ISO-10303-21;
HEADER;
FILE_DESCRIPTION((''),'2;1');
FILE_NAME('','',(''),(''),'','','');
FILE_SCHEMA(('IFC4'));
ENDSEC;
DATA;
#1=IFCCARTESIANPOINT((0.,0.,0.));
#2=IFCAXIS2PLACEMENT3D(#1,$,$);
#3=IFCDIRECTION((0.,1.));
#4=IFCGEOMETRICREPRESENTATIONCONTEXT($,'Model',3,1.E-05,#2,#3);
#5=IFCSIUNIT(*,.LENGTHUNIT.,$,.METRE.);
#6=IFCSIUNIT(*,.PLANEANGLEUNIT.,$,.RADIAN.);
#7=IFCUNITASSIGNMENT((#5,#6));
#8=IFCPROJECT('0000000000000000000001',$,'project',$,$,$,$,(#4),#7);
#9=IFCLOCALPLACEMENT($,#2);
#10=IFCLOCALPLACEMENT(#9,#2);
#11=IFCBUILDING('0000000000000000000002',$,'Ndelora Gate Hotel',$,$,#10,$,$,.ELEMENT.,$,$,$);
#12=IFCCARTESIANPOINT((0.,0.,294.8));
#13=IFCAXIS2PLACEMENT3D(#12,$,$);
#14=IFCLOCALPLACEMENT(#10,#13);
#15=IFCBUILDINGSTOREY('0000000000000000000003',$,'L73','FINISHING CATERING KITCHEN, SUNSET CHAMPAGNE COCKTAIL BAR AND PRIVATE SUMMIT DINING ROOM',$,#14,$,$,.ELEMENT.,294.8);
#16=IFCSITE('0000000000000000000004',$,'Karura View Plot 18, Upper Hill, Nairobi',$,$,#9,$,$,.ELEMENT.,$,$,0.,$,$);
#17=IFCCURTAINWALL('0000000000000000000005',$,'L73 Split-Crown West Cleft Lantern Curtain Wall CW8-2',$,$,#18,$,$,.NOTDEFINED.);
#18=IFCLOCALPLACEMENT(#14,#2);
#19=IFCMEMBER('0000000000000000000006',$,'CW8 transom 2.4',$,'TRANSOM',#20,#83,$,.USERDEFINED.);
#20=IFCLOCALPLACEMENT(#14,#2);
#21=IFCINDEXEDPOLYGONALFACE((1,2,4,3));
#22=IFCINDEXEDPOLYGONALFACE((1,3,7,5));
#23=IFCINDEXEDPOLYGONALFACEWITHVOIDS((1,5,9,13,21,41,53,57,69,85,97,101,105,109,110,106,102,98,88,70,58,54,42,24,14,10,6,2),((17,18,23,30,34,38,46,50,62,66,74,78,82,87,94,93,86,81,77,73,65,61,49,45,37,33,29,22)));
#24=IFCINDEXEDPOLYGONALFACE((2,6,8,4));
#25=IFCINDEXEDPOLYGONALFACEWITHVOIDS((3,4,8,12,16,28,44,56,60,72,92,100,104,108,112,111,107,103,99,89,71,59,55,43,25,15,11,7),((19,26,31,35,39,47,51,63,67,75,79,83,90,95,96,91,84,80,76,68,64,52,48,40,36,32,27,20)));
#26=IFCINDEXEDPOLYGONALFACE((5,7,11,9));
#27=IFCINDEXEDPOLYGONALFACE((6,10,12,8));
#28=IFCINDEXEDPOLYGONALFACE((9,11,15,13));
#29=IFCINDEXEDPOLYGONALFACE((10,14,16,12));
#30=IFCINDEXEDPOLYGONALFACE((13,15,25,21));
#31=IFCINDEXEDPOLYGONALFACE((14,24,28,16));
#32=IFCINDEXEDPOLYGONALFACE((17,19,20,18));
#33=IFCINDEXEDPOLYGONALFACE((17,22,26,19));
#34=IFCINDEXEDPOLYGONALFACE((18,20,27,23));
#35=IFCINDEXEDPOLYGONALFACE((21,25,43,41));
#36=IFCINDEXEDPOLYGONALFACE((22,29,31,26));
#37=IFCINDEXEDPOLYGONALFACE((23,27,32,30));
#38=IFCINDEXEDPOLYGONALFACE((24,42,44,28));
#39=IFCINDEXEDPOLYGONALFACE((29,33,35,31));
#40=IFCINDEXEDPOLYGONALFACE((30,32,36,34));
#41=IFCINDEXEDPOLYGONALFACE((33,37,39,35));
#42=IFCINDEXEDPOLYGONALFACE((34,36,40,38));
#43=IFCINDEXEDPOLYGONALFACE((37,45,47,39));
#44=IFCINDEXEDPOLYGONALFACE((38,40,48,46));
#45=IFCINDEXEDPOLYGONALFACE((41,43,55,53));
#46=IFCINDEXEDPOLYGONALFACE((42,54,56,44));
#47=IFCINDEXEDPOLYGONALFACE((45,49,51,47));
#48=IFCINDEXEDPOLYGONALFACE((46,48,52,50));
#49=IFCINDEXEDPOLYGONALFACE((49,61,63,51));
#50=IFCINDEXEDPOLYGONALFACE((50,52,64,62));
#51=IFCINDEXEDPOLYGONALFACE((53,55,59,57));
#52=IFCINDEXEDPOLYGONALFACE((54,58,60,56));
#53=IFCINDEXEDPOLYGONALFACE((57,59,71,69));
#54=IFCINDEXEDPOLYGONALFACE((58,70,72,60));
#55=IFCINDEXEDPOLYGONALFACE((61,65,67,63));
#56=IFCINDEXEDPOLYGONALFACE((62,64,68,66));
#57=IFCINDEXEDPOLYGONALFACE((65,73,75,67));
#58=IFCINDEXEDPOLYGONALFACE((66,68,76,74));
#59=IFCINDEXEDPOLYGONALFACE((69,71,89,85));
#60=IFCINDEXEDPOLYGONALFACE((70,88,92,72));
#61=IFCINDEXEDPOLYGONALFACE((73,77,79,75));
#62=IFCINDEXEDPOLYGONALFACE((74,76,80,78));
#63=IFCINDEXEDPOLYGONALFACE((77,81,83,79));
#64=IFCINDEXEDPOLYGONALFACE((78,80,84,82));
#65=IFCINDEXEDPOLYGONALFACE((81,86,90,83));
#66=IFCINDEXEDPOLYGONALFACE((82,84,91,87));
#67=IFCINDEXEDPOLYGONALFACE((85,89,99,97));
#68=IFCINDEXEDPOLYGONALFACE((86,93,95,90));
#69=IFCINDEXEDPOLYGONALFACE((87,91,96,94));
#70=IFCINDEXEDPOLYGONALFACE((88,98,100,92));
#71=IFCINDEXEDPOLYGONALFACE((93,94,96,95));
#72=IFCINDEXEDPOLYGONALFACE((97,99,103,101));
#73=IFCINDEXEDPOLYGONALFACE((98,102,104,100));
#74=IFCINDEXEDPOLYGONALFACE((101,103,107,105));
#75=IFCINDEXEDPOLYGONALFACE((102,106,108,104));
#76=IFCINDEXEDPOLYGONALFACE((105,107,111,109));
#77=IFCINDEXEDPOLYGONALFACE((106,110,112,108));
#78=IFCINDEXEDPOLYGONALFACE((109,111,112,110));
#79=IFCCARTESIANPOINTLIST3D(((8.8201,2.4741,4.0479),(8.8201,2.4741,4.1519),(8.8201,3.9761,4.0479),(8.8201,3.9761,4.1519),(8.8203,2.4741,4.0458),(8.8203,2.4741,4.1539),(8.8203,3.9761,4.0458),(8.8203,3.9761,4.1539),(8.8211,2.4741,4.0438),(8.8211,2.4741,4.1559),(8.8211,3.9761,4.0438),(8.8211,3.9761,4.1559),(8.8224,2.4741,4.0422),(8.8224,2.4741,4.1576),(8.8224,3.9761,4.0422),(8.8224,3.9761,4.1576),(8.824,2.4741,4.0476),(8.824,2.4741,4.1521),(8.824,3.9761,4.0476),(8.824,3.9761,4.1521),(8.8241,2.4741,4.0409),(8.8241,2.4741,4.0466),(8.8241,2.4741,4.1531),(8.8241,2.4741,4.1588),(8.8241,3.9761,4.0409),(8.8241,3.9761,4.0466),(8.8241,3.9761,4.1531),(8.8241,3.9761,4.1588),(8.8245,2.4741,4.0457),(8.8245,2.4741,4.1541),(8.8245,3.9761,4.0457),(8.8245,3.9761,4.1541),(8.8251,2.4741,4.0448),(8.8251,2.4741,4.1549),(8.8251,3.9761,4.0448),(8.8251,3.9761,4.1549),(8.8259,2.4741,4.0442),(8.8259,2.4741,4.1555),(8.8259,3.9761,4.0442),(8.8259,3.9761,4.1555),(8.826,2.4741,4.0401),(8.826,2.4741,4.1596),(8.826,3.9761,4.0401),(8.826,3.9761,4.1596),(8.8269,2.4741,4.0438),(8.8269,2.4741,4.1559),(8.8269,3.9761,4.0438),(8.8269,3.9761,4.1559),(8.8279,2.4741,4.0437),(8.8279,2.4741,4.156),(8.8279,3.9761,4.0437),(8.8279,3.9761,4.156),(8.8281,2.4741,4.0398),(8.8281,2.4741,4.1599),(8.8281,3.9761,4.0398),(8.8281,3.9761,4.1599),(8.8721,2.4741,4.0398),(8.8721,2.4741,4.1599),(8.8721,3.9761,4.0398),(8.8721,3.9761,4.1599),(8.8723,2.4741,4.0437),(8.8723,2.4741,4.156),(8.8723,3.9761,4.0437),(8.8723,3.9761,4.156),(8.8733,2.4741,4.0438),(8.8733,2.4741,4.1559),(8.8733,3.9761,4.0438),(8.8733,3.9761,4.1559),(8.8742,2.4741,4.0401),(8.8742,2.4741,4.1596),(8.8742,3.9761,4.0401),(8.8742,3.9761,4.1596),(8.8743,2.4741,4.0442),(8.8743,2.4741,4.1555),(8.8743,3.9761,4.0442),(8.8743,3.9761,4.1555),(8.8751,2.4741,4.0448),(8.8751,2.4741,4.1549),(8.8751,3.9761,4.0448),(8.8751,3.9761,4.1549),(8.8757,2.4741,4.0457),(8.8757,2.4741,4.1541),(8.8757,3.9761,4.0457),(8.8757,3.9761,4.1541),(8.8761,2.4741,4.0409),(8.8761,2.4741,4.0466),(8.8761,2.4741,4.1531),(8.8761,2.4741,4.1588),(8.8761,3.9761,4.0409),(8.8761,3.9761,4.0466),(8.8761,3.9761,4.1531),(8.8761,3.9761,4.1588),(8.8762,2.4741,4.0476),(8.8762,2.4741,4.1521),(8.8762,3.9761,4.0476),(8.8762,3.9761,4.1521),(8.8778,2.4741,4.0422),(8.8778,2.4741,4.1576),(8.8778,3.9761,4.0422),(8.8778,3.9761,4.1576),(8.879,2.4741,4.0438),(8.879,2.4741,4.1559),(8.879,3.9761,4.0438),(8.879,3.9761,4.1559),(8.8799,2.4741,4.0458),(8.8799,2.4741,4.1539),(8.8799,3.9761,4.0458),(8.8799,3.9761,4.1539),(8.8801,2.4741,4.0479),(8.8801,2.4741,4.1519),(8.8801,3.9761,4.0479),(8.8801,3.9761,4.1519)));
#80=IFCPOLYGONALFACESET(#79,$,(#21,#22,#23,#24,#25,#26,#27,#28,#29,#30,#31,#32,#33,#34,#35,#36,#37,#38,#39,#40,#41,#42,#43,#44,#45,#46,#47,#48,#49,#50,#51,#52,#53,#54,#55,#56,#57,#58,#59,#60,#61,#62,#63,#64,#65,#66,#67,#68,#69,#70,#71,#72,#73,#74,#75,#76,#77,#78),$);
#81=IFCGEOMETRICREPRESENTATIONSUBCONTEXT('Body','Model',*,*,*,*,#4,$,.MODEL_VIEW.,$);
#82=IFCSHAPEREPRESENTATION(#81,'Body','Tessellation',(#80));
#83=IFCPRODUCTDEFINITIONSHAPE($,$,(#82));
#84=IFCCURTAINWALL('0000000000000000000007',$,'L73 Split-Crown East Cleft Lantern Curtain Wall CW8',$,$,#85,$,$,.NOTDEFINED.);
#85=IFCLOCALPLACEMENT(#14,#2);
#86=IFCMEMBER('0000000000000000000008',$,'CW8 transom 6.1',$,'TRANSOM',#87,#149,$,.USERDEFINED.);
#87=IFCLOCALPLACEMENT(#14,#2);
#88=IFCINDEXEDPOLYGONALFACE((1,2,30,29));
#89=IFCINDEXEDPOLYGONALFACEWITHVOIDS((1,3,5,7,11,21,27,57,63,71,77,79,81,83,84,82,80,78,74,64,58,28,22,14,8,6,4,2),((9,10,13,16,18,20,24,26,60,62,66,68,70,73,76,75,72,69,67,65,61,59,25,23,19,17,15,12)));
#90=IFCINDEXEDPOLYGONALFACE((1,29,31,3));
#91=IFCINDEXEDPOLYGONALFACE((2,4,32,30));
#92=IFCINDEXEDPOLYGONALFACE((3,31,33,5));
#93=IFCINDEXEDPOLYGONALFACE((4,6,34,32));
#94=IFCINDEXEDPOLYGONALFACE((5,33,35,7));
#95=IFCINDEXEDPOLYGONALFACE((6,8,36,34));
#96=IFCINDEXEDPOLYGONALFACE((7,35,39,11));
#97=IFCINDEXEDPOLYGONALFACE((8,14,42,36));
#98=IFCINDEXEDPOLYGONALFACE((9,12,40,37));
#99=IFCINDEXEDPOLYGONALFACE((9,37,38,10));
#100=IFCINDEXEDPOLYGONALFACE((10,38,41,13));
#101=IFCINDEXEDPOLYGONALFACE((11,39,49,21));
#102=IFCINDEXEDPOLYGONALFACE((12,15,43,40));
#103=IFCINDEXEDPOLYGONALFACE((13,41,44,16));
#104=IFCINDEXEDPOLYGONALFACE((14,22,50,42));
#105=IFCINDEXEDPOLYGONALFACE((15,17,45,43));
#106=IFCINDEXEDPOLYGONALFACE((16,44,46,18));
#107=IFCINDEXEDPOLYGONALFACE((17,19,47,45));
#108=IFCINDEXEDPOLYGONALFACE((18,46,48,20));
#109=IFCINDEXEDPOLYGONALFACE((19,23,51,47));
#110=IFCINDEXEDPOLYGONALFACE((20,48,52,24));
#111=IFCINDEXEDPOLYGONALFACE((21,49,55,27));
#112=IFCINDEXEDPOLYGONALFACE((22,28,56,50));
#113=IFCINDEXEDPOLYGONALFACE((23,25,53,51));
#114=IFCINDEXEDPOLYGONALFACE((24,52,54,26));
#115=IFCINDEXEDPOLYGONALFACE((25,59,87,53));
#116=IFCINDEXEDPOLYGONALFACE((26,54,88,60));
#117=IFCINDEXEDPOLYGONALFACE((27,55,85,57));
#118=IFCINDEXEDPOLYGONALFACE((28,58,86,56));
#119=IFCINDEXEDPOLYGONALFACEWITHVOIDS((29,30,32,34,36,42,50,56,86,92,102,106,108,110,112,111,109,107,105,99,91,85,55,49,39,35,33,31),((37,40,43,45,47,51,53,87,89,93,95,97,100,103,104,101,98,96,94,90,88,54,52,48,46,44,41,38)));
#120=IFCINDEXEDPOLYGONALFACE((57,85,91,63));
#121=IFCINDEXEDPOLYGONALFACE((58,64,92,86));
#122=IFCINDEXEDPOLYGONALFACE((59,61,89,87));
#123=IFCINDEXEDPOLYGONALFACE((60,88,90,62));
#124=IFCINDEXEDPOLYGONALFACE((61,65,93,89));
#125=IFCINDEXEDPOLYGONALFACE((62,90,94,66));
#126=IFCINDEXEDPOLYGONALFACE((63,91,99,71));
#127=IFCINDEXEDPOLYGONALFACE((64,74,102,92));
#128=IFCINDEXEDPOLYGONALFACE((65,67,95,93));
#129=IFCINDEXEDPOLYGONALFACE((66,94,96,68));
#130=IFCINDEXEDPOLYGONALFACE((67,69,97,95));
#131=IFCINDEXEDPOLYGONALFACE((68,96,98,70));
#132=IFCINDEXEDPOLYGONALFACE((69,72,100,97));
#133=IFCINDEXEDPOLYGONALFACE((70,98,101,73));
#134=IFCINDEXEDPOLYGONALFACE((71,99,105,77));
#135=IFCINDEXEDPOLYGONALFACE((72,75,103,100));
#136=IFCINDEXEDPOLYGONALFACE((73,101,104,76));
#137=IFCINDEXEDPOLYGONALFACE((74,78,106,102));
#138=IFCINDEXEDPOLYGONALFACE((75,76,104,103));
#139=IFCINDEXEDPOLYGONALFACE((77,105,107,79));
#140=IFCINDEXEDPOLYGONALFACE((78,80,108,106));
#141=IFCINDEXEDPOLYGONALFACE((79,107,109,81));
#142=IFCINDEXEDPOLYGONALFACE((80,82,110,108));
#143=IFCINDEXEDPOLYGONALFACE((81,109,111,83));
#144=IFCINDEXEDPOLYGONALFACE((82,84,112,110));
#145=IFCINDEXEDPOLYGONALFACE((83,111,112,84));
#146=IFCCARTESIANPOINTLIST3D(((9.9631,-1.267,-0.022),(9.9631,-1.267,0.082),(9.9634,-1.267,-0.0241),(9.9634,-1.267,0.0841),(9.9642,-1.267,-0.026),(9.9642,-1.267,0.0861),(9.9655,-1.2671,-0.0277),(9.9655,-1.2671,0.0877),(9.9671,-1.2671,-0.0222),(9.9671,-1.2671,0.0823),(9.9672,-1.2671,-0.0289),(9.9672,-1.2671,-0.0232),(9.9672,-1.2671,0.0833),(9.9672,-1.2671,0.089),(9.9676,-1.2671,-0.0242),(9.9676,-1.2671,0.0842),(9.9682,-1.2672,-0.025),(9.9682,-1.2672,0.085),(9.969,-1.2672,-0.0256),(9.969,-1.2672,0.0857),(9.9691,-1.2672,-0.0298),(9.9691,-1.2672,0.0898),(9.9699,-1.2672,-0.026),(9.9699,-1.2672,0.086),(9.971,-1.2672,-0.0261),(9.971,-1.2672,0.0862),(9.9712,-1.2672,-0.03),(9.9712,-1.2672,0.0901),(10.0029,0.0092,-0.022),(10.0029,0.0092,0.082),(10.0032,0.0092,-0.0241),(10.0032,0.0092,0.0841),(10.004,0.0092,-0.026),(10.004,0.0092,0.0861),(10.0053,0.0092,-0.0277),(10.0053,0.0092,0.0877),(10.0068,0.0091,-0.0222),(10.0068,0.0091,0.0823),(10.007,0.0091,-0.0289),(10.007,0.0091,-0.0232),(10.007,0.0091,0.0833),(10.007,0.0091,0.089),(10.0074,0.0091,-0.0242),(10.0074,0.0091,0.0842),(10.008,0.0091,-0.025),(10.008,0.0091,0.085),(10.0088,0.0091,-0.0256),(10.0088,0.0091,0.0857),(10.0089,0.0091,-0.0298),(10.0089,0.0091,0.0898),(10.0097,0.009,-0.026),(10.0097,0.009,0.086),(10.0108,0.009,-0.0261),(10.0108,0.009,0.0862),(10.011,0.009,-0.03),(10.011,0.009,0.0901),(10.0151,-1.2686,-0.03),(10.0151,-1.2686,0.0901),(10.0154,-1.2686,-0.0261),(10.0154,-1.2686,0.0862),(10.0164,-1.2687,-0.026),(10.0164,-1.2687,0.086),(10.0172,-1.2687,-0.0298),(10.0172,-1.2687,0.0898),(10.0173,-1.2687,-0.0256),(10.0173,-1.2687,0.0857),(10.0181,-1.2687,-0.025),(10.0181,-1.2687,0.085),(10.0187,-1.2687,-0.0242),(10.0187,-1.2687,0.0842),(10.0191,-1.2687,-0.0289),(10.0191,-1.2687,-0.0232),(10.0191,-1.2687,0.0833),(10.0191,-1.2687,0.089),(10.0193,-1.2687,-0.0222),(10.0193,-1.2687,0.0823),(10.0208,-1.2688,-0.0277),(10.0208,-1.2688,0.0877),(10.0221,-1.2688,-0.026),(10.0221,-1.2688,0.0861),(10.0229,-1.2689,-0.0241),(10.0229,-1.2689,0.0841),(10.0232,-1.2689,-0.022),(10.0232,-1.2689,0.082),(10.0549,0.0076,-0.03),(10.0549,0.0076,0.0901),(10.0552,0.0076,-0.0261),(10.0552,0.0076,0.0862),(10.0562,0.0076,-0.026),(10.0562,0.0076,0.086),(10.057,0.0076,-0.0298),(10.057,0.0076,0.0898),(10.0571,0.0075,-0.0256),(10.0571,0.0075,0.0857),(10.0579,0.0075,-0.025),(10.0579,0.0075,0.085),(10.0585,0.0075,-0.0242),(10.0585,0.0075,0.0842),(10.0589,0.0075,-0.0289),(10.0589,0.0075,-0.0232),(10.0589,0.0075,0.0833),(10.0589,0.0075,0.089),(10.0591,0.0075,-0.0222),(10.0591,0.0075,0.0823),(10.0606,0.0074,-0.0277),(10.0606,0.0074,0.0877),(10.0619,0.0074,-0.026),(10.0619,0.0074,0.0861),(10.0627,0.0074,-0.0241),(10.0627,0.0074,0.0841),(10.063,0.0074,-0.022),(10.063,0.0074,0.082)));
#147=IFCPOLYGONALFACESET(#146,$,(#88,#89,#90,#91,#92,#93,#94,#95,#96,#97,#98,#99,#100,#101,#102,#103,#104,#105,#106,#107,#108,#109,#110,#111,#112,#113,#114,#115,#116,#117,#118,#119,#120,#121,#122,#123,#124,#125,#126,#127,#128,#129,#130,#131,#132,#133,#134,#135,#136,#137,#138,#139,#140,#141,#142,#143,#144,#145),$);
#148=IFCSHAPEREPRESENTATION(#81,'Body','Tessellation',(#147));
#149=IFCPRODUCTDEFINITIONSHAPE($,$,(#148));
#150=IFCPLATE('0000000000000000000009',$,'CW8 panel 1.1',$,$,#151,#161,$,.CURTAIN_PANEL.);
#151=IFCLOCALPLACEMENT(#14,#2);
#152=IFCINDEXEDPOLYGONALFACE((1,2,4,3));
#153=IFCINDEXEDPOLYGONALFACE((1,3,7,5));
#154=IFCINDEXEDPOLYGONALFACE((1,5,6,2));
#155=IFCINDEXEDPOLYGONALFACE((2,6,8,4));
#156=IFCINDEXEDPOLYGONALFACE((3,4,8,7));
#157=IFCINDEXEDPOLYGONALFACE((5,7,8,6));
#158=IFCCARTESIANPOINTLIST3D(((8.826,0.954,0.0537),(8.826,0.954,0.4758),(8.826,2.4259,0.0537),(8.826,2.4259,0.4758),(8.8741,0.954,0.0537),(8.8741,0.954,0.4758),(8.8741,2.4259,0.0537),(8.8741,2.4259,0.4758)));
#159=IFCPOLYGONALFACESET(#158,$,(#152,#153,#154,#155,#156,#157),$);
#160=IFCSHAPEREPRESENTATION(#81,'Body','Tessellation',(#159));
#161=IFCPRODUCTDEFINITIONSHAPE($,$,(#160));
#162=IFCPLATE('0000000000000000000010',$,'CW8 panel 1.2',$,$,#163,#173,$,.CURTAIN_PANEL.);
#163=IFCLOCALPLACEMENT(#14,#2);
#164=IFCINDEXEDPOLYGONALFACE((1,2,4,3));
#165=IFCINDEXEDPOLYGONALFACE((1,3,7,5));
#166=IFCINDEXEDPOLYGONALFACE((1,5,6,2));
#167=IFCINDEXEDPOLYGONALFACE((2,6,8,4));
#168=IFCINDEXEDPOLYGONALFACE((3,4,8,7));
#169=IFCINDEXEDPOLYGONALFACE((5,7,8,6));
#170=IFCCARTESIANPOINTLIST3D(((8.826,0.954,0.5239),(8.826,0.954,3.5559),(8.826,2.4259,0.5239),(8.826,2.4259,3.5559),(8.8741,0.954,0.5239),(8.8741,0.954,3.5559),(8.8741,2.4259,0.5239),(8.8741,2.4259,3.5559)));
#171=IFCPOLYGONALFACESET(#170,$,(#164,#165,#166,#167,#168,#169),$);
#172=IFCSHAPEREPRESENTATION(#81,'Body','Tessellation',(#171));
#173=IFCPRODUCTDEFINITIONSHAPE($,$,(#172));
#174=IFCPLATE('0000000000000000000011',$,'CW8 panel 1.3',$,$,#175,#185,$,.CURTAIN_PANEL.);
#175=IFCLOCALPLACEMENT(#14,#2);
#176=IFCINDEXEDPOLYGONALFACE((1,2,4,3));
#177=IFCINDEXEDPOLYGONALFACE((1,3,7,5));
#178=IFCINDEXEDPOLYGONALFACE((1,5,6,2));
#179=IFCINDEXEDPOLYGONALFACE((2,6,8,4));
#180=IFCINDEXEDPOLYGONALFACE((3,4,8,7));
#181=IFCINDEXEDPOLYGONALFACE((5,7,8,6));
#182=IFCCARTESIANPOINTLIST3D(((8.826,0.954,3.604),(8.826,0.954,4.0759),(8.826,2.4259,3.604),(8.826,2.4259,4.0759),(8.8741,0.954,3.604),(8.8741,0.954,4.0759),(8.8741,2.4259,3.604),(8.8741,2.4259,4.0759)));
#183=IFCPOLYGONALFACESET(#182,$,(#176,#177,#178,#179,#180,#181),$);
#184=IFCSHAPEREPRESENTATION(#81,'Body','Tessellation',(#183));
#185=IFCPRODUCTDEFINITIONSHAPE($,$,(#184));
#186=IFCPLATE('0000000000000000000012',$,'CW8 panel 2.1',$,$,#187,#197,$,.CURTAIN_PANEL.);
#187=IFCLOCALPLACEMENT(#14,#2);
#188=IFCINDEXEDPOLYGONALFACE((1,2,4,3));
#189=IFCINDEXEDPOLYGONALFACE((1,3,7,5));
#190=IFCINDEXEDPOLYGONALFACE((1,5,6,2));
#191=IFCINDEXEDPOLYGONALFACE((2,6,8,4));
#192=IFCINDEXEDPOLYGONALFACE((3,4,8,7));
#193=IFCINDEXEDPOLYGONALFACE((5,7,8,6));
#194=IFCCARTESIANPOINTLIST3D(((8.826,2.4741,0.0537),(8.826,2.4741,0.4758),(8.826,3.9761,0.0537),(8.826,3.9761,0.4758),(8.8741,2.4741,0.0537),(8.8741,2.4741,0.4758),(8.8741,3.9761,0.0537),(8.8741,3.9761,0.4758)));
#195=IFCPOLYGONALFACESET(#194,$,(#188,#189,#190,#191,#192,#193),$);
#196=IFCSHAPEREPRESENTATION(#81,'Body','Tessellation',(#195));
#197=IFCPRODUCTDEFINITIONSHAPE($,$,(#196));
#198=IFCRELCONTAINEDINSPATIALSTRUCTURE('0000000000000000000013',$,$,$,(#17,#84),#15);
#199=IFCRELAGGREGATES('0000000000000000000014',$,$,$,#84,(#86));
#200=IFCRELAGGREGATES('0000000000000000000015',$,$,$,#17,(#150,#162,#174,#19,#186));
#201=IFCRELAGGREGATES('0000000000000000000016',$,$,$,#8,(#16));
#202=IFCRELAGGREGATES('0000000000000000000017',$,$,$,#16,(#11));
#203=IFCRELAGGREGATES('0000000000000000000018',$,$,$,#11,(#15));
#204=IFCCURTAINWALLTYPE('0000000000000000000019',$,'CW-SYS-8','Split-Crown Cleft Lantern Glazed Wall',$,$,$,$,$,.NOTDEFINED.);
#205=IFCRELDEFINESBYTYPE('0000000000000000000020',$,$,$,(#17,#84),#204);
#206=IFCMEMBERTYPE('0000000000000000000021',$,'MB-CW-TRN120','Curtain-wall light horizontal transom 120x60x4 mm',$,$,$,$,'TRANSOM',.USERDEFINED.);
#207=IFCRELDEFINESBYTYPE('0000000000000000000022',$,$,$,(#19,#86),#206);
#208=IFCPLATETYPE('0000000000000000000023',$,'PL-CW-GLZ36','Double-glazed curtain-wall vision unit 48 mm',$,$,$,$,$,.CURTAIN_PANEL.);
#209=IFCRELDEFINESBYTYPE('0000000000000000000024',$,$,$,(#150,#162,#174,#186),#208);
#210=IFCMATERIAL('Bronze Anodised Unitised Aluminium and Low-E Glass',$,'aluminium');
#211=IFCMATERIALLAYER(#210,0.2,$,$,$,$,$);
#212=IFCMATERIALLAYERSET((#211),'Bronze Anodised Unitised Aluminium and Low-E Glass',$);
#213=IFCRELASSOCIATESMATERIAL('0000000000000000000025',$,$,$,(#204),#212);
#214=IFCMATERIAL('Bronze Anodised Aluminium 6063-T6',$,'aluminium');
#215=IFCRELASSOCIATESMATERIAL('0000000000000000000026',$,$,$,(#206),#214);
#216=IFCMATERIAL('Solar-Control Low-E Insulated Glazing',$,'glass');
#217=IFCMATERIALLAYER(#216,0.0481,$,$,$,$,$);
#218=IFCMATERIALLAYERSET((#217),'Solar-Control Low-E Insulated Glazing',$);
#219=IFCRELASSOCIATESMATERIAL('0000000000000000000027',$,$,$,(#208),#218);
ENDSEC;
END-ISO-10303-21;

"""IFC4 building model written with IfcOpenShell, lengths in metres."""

from ifc_helpers import new_model, si_unit, direction, frame, origin, origin_2d, place, context, subcontext, project, spatial, rectangle, hollow_rectangle, extrude, material, layer, layer_set, material_profile, profile_set, type_object, element, aggregate, save


model = new_model("IFC4")

# Units and contexts
model_context = context("Model", 3, precision=1e-05, world=origin(), true_north=direction((0.0, 1.0)))
body_context = subcontext(model_context, "Body", "Model", "MODEL_VIEW")
ifc_project = project(units=[si_unit("LENGTHUNIT", "METRE"), si_unit("PLANEANGLEUNIT", "RADIAN")], contexts=[model_context])

# Site, building, storey
site_placement = place(None, origin())
site = spatial("IfcSite", under=ifc_project, at=site_placement, Name="Karura View Plot 18, Upper Hill, Nairobi", CompositionType="ELEMENT", RefElevation=0.0)
building_placement = place(site_placement, origin())
building = spatial("IfcBuilding", under=site, at=building_placement, Name="Ndelora Gate Hotel", CompositionType="ELEMENT")
storey_placement = place(building_placement, frame((0.0, 0.0, 294.8)))
storey = spatial("IfcBuildingStorey", under=building, at=storey_placement, Name="L73", Description="FINISHING CATERING KITCHEN, SUNSET CHAMPAGNE COCKTAIL BAR AND PRIVATE SUMMIT DINING ROOM", CompositionType="ELEMENT", Elevation=294.8)

# Curtain wall, member
ifc_material_1 = material(Name="Bronze Anodised Unitised Aluminium and Low-E Glass", Category="aluminium")
ifc_layer_1 = layer(ifc_material_1, 0.2)
ifc_layer_set_1 = layer_set([ifc_layer_1], Name="Bronze Anodised Unitised Aluminium and Low-E Glass")
curtain_wall_type = type_object("IfcCurtainWallType", Name="CW-SYS-8", Description="Split-Crown Cleft Lantern Glazed Wall", PredefinedType="NOTDEFINED", material=ifc_layer_set_1)
curtain_wall_1_placement = place(storey_placement, origin())
curtain_wall_1 = element("IfcCurtainWall", 1, at=curtain_wall_1_placement, inside=storey, type_object=curtain_wall_type, Name="L73 Split-Crown West Cleft Lantern Curtain Wall CW8-2", PredefinedType="NOTDEFINED")
ifc_material_2 = material(Name="Bronze Anodised Aluminium 6063-T6", Category="aluminium")
ifc_material_profile_1 = material_profile(ifc_material_2, hollow_rectangle(XDim=0.0601, YDim=0.1201, WallThickness=0.0039, InnerFilletRadius=0.0039, OuterFilletRadius=0.0081, at=origin_2d()), Name="ALU 120x60x4")
ifc_profile_set_1 = profile_set([ifc_material_profile_1], Name="Bronze Anodised Aluminium 6063-T6")
member_type_1 = type_object("IfcMemberType", Name="MB-CW-TRN120", Description="Curtain-wall light horizontal transom 120x60x4 mm", ElementType="TRANSOM", PredefinedType="USERDEFINED", material=ifc_profile_set_1)
member_1_placement = place(storey_placement, frame((8.8501, 2.4741, 4.0999), z_axis=(0.0, 1.0, 0.0), x_axis=(-1.0, 0.0, 0.0)))
member_1 = element("IfcMember", 2, at=member_1_placement, type_object=member_type_1, Name="CW8 transom 2.4", ObjectType="TRANSOM", PredefinedType="USERDEFINED", context=body_context, shape_type="SweptSolid", body=[
    extrude(hollow_rectangle(XDim=0.0601, YDim=0.1201, WallThickness=0.0039, InnerFilletRadius=0.0039, OuterFilletRadius=0.0081, at=origin_2d()), origin(), (0.0, 0.0, 1.0), 1.502),
])

# Curtain wall, member
curtain_wall_2_placement = place(storey_placement, origin())
curtain_wall_2 = element("IfcCurtainWall", 3, at=curtain_wall_2_placement, inside=storey, type_object=curtain_wall_type, Name="L73 Split-Crown East Cleft Lantern Curtain Wall CW8", PredefinedType="NOTDEFINED")
member_2_placement = place(storey_placement, frame((10.033, 0.0083, 0.03), z_axis=(-0.031169, -0.999514, 0.0), x_axis=(0.999514, -0.031169, 0.0)))
member_2 = element("IfcMember", 4, at=member_2_placement, type_object=member_type_1, Name="CW8 transom 6.1", ObjectType="TRANSOM", PredefinedType="USERDEFINED", context=body_context, shape_type="SweptSolid", body=[
    extrude(hollow_rectangle(XDim=0.0601, YDim=0.1201, WallThickness=0.0039, InnerFilletRadius=0.0039, OuterFilletRadius=0.0081, at=origin_2d()), origin(), (0.0, 0.0, 1.0), 1.2769),
])
aggregate(curtain_wall_2, [member_2])

# Plates
ifc_material_3 = material(Name="Solar-Control Low-E Insulated Glazing", Category="glass")
ifc_layer_2 = layer(ifc_material_3, 0.0481)
ifc_layer_set_2 = layer_set([ifc_layer_2], Name="Solar-Control Low-E Insulated Glazing")
plate_type = type_object("IfcPlateType", Name="PL-CW-GLZ36", Description="Double-glazed curtain-wall vision unit 48 mm", PredefinedType="CURTAIN_PANEL", material=ifc_layer_set_2)
plate_1_placement = place(storey_placement, frame((8.8501, 1.6899, 0.0537), z_axis=(0.0, 0.0, 1.0), x_axis=(0.0, 1.0, 0.0)))
plate_1 = element("IfcPlate", 5, at=plate_1_placement, type_object=plate_type, Name="CW8 panel 1.1", PredefinedType="CURTAIN_PANEL", context=body_context, shape_type="SweptSolid", body=[
    extrude(rectangle(XDim=1.4719, YDim=0.0481, at=origin_2d()), origin(), (0.0, 0.0, 1.0), 0.4221),
])
plate_2_placement = place(storey_placement, frame((8.8501, 1.6899, 0.5239), z_axis=(0.0, 0.0, 1.0), x_axis=(0.0, 1.0, 0.0)))
plate_2 = element("IfcPlate", 6, at=plate_2_placement, type_object=plate_type, Name="CW8 panel 1.2", PredefinedType="CURTAIN_PANEL", context=body_context, shape_type="SweptSolid", body=[
    extrude(rectangle(XDim=1.4719, YDim=0.0481, at=origin_2d()), origin(), (0.0, 0.0, 1.0), 3.032),
])
plate_3_placement = place(storey_placement, frame((8.8501, 1.6899, 3.604), z_axis=(0.0, 0.0, 1.0), x_axis=(0.0, 1.0, 0.0)))
plate_3 = element("IfcPlate", 7, at=plate_3_placement, type_object=plate_type, Name="CW8 panel 1.3", PredefinedType="CURTAIN_PANEL", context=body_context, shape_type="SweptSolid", body=[
    extrude(rectangle(XDim=1.4719, YDim=0.0481, at=origin_2d()), origin(), (0.0, 0.0, 1.0), 0.4719),
])
plate_4_placement = place(storey_placement, frame((8.8501, 3.2251, 0.0537), z_axis=(0.0, 0.0, 1.0), x_axis=(0.0, 1.0, 0.0)))
plate_4 = element("IfcPlate", 8, at=plate_4_placement, type_object=plate_type, Name="CW8 panel 2.1", PredefinedType="CURTAIN_PANEL", context=body_context, shape_type="SweptSolid", body=[
    extrude(rectangle(XDim=1.502, YDim=0.0481, at=origin_2d()), origin(), (0.0, 0.0, 1.0), 0.4221),
])
aggregate(curtain_wall_1, [plate_1, plate_2, plate_3, member_1, plate_4])

save(model, "model.ifc")
